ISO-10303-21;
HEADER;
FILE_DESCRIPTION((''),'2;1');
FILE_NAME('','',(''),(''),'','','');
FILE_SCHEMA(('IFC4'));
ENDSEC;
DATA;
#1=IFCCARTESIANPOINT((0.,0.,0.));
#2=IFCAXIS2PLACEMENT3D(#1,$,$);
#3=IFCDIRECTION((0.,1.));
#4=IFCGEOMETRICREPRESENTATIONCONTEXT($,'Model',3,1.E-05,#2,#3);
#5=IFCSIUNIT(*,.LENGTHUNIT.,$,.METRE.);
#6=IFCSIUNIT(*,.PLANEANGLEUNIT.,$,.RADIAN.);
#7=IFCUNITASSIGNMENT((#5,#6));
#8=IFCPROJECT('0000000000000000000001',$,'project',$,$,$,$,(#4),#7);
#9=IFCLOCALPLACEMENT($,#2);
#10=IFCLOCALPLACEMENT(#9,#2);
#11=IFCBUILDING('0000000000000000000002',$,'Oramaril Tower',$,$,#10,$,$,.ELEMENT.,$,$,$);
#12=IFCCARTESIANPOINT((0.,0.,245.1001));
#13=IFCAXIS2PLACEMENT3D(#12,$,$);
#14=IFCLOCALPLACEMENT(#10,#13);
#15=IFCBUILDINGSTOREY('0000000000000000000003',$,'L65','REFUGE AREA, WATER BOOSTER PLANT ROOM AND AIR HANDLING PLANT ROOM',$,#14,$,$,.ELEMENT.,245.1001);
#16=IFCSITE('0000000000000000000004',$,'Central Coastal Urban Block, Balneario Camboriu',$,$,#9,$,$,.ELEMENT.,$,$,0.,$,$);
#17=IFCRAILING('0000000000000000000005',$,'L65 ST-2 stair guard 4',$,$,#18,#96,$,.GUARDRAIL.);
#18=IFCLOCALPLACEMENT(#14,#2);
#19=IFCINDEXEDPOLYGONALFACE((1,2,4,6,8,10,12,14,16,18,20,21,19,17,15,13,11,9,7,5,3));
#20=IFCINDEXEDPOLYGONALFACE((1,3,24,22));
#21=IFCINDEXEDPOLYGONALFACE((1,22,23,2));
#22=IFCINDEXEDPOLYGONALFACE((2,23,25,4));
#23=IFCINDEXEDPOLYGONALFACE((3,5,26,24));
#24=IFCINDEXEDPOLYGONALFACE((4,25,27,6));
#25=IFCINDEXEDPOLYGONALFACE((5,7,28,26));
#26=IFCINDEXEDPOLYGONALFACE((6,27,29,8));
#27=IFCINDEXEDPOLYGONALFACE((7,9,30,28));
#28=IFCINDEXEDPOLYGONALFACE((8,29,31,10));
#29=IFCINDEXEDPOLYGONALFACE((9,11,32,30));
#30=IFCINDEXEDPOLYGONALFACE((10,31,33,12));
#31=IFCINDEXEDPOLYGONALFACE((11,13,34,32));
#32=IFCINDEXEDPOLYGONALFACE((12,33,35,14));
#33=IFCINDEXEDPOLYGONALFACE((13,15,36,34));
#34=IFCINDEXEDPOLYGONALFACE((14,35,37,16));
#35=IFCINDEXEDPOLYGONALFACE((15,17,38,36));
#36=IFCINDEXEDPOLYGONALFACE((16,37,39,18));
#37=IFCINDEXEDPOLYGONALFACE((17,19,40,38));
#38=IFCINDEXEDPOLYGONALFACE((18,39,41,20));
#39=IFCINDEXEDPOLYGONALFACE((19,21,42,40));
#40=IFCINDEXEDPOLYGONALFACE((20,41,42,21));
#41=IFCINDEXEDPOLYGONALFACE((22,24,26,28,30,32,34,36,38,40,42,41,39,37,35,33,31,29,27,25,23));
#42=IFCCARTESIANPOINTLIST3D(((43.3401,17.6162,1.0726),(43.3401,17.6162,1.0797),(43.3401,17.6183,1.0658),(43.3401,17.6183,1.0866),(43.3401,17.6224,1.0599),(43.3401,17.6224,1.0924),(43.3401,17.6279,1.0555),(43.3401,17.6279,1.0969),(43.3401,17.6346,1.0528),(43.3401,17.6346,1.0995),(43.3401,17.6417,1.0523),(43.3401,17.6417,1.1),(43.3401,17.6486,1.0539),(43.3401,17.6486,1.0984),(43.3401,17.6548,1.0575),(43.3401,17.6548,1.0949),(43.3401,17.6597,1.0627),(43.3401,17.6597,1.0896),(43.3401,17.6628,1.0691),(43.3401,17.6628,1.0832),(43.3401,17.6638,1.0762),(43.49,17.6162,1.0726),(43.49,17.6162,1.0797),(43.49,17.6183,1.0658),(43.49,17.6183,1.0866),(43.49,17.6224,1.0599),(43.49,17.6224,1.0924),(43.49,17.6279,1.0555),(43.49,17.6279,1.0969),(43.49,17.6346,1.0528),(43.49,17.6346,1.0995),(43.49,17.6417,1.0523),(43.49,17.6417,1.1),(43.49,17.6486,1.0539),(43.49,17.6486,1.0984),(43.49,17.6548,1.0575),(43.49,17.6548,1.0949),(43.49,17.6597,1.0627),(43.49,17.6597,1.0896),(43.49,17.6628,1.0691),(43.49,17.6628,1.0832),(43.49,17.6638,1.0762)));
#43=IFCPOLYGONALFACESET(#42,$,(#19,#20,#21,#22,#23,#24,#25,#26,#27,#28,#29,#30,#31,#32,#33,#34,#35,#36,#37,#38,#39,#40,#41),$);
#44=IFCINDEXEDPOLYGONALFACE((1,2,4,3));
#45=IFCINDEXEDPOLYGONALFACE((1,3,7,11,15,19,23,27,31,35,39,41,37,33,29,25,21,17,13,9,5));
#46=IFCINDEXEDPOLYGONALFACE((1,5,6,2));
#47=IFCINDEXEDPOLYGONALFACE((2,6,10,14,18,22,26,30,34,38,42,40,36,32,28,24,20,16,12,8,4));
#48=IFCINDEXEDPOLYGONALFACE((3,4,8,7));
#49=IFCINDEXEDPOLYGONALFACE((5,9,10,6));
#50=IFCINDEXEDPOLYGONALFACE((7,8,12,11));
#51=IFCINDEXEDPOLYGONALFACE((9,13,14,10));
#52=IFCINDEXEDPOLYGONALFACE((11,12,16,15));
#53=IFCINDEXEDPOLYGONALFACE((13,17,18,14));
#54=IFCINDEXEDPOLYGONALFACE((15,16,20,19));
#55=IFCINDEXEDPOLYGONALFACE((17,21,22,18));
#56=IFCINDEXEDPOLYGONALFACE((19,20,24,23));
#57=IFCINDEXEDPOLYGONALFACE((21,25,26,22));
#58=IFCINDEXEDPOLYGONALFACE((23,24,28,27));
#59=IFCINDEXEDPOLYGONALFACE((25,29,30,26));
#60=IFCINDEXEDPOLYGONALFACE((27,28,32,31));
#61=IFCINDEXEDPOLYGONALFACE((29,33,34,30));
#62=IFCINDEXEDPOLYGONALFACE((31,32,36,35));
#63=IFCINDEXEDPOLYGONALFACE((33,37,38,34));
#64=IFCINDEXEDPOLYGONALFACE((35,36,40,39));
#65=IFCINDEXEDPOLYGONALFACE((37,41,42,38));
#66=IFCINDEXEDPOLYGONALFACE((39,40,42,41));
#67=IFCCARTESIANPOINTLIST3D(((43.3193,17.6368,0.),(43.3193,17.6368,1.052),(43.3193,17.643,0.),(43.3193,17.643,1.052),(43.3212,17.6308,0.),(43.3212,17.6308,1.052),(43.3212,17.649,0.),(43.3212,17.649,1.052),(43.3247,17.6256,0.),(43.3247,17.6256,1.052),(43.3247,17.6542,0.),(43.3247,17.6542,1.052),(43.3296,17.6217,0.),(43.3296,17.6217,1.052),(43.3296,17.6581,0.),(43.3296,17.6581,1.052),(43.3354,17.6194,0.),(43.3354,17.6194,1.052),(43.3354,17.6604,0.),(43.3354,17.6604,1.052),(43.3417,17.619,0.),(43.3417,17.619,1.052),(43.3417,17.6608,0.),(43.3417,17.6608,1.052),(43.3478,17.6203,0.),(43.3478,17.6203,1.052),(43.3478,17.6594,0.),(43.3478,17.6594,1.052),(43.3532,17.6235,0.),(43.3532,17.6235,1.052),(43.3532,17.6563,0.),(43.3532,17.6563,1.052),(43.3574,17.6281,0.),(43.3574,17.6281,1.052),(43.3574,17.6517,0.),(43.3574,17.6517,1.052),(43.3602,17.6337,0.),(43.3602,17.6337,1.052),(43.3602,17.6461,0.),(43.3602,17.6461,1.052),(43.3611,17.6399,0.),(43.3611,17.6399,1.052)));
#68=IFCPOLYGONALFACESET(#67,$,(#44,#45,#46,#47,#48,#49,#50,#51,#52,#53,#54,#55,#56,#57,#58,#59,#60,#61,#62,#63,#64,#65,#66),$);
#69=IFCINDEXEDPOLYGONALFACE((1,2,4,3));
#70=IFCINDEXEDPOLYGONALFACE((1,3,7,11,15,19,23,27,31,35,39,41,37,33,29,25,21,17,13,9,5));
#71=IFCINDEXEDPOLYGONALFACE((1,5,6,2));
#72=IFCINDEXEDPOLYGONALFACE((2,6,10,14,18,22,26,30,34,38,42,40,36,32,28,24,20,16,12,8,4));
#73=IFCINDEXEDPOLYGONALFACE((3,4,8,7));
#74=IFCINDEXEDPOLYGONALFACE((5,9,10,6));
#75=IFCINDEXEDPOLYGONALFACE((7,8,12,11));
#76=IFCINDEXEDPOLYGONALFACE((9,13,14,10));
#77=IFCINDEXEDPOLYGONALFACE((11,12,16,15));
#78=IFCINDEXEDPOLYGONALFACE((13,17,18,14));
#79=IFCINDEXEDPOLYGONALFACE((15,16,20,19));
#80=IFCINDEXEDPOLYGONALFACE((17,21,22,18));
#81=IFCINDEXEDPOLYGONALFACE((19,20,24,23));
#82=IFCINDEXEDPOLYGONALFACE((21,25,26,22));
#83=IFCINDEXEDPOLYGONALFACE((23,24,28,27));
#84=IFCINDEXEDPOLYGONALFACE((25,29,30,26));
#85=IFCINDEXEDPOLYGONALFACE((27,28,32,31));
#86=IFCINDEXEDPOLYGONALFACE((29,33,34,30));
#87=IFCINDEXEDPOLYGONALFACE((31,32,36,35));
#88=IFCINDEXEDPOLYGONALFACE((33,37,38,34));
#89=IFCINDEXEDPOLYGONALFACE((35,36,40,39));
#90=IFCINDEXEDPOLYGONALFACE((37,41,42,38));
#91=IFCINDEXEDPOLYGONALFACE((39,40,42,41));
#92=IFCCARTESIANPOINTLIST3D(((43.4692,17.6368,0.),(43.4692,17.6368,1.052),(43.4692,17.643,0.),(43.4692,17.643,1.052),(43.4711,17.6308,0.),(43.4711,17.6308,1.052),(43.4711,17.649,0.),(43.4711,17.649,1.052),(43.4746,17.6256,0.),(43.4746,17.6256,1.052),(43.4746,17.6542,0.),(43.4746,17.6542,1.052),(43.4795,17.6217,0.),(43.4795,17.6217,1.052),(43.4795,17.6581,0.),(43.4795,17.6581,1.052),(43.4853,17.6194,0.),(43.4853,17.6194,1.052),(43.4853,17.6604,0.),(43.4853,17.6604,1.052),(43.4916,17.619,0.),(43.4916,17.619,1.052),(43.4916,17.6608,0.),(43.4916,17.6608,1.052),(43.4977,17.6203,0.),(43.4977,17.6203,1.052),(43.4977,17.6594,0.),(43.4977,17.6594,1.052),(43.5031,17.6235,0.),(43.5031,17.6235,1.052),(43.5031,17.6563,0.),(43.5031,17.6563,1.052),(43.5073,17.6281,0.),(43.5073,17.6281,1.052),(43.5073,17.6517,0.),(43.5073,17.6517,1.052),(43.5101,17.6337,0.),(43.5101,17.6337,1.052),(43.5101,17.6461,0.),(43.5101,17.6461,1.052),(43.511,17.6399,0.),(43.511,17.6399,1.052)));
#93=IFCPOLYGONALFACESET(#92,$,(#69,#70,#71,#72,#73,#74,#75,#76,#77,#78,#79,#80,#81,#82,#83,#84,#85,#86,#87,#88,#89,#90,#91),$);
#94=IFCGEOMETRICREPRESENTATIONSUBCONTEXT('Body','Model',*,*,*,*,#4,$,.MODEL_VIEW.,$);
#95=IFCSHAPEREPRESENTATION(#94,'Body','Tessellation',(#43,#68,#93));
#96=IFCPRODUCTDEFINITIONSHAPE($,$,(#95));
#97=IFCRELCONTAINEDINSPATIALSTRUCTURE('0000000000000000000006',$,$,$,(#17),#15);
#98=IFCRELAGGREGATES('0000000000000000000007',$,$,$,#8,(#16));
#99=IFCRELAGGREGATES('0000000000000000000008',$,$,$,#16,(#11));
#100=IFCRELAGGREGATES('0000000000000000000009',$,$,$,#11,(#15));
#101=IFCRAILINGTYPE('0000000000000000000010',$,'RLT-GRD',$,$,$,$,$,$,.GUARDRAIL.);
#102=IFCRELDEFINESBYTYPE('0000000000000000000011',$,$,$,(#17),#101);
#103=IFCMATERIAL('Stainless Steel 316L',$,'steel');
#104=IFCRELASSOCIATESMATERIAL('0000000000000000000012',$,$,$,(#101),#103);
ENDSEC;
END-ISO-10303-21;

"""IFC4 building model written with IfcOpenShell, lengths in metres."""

from ifc_helpers import new_model, si_unit, direction, frame, origin, origin_2d, place, context, subcontext, project, spatial, circle, extrude, material, type_object, element, save


model = new_model("IFC4")

# Units and contexts
model_context = context("Model", 3, precision=1e-05, world=origin(), true_north=direction((0.0, 1.0)))
body_context = subcontext(model_context, "Body", "Model", "MODEL_VIEW")
ifc_project = project(units=[si_unit("LENGTHUNIT", "METRE"), si_unit("PLANEANGLEUNIT", "RADIAN")], contexts=[model_context])

# Site, building, storey
site_placement = place(None, origin())
site = spatial("IfcSite", under=ifc_project, at=site_placement, Name="Central Coastal Urban Block, Balneario Camboriu", CompositionType="ELEMENT", RefElevation=0.0)
building_placement = place(site_placement, origin())
building = spatial("IfcBuilding", under=site, at=building_placement, Name="Oramaril Tower", CompositionType="ELEMENT")
storey_placement = place(building_placement, frame((0.0, 0.0, 245.1001)))
storey = spatial("IfcBuildingStorey", under=building, at=storey_placement, Name="L65", Description="REFUGE AREA, WATER BOOSTER PLANT ROOM AND AIR HANDLING PLANT ROOM", CompositionType="ELEMENT", Elevation=245.1001)

# Railing
ifc_material_1 = material(Name="Stainless Steel 316L", Category="steel")
railing_type_1 = type_object("IfcRailingType", Name="RLT-GRD", PredefinedType="GUARDRAIL", material=ifc_material_1)
railing_1_placement = place(storey_placement, frame((43.3401, 17.6399, 0.0)))
element("IfcRailing", 1, at=railing_1_placement, inside=storey, type_object=railing_type_1, Name="L65 ST-2 stair guard 4", PredefinedType="GUARDRAIL", context=body_context, shape_type="SweptSolid", body=[
    extrude(circle(Radius=0.0239, at=origin_2d()), frame((0.0, 0.0, 1.0762), z_axis=(1.0, 0.0, 0.0), x_axis=(0.0, 1.0, 0.0)), (0.0, 0.0, 1.0), 0.1499),
    extrude(circle(Radius=0.021, at=origin_2d()), origin(), (0.0, 0.0, 1.0), 1.052),
    extrude(circle(Radius=0.021, at=origin_2d()), frame((0.1499, 0.0, 0.0)), (0.0, 0.0, 1.0), 1.052),
])

save(model, "model.ifc")
